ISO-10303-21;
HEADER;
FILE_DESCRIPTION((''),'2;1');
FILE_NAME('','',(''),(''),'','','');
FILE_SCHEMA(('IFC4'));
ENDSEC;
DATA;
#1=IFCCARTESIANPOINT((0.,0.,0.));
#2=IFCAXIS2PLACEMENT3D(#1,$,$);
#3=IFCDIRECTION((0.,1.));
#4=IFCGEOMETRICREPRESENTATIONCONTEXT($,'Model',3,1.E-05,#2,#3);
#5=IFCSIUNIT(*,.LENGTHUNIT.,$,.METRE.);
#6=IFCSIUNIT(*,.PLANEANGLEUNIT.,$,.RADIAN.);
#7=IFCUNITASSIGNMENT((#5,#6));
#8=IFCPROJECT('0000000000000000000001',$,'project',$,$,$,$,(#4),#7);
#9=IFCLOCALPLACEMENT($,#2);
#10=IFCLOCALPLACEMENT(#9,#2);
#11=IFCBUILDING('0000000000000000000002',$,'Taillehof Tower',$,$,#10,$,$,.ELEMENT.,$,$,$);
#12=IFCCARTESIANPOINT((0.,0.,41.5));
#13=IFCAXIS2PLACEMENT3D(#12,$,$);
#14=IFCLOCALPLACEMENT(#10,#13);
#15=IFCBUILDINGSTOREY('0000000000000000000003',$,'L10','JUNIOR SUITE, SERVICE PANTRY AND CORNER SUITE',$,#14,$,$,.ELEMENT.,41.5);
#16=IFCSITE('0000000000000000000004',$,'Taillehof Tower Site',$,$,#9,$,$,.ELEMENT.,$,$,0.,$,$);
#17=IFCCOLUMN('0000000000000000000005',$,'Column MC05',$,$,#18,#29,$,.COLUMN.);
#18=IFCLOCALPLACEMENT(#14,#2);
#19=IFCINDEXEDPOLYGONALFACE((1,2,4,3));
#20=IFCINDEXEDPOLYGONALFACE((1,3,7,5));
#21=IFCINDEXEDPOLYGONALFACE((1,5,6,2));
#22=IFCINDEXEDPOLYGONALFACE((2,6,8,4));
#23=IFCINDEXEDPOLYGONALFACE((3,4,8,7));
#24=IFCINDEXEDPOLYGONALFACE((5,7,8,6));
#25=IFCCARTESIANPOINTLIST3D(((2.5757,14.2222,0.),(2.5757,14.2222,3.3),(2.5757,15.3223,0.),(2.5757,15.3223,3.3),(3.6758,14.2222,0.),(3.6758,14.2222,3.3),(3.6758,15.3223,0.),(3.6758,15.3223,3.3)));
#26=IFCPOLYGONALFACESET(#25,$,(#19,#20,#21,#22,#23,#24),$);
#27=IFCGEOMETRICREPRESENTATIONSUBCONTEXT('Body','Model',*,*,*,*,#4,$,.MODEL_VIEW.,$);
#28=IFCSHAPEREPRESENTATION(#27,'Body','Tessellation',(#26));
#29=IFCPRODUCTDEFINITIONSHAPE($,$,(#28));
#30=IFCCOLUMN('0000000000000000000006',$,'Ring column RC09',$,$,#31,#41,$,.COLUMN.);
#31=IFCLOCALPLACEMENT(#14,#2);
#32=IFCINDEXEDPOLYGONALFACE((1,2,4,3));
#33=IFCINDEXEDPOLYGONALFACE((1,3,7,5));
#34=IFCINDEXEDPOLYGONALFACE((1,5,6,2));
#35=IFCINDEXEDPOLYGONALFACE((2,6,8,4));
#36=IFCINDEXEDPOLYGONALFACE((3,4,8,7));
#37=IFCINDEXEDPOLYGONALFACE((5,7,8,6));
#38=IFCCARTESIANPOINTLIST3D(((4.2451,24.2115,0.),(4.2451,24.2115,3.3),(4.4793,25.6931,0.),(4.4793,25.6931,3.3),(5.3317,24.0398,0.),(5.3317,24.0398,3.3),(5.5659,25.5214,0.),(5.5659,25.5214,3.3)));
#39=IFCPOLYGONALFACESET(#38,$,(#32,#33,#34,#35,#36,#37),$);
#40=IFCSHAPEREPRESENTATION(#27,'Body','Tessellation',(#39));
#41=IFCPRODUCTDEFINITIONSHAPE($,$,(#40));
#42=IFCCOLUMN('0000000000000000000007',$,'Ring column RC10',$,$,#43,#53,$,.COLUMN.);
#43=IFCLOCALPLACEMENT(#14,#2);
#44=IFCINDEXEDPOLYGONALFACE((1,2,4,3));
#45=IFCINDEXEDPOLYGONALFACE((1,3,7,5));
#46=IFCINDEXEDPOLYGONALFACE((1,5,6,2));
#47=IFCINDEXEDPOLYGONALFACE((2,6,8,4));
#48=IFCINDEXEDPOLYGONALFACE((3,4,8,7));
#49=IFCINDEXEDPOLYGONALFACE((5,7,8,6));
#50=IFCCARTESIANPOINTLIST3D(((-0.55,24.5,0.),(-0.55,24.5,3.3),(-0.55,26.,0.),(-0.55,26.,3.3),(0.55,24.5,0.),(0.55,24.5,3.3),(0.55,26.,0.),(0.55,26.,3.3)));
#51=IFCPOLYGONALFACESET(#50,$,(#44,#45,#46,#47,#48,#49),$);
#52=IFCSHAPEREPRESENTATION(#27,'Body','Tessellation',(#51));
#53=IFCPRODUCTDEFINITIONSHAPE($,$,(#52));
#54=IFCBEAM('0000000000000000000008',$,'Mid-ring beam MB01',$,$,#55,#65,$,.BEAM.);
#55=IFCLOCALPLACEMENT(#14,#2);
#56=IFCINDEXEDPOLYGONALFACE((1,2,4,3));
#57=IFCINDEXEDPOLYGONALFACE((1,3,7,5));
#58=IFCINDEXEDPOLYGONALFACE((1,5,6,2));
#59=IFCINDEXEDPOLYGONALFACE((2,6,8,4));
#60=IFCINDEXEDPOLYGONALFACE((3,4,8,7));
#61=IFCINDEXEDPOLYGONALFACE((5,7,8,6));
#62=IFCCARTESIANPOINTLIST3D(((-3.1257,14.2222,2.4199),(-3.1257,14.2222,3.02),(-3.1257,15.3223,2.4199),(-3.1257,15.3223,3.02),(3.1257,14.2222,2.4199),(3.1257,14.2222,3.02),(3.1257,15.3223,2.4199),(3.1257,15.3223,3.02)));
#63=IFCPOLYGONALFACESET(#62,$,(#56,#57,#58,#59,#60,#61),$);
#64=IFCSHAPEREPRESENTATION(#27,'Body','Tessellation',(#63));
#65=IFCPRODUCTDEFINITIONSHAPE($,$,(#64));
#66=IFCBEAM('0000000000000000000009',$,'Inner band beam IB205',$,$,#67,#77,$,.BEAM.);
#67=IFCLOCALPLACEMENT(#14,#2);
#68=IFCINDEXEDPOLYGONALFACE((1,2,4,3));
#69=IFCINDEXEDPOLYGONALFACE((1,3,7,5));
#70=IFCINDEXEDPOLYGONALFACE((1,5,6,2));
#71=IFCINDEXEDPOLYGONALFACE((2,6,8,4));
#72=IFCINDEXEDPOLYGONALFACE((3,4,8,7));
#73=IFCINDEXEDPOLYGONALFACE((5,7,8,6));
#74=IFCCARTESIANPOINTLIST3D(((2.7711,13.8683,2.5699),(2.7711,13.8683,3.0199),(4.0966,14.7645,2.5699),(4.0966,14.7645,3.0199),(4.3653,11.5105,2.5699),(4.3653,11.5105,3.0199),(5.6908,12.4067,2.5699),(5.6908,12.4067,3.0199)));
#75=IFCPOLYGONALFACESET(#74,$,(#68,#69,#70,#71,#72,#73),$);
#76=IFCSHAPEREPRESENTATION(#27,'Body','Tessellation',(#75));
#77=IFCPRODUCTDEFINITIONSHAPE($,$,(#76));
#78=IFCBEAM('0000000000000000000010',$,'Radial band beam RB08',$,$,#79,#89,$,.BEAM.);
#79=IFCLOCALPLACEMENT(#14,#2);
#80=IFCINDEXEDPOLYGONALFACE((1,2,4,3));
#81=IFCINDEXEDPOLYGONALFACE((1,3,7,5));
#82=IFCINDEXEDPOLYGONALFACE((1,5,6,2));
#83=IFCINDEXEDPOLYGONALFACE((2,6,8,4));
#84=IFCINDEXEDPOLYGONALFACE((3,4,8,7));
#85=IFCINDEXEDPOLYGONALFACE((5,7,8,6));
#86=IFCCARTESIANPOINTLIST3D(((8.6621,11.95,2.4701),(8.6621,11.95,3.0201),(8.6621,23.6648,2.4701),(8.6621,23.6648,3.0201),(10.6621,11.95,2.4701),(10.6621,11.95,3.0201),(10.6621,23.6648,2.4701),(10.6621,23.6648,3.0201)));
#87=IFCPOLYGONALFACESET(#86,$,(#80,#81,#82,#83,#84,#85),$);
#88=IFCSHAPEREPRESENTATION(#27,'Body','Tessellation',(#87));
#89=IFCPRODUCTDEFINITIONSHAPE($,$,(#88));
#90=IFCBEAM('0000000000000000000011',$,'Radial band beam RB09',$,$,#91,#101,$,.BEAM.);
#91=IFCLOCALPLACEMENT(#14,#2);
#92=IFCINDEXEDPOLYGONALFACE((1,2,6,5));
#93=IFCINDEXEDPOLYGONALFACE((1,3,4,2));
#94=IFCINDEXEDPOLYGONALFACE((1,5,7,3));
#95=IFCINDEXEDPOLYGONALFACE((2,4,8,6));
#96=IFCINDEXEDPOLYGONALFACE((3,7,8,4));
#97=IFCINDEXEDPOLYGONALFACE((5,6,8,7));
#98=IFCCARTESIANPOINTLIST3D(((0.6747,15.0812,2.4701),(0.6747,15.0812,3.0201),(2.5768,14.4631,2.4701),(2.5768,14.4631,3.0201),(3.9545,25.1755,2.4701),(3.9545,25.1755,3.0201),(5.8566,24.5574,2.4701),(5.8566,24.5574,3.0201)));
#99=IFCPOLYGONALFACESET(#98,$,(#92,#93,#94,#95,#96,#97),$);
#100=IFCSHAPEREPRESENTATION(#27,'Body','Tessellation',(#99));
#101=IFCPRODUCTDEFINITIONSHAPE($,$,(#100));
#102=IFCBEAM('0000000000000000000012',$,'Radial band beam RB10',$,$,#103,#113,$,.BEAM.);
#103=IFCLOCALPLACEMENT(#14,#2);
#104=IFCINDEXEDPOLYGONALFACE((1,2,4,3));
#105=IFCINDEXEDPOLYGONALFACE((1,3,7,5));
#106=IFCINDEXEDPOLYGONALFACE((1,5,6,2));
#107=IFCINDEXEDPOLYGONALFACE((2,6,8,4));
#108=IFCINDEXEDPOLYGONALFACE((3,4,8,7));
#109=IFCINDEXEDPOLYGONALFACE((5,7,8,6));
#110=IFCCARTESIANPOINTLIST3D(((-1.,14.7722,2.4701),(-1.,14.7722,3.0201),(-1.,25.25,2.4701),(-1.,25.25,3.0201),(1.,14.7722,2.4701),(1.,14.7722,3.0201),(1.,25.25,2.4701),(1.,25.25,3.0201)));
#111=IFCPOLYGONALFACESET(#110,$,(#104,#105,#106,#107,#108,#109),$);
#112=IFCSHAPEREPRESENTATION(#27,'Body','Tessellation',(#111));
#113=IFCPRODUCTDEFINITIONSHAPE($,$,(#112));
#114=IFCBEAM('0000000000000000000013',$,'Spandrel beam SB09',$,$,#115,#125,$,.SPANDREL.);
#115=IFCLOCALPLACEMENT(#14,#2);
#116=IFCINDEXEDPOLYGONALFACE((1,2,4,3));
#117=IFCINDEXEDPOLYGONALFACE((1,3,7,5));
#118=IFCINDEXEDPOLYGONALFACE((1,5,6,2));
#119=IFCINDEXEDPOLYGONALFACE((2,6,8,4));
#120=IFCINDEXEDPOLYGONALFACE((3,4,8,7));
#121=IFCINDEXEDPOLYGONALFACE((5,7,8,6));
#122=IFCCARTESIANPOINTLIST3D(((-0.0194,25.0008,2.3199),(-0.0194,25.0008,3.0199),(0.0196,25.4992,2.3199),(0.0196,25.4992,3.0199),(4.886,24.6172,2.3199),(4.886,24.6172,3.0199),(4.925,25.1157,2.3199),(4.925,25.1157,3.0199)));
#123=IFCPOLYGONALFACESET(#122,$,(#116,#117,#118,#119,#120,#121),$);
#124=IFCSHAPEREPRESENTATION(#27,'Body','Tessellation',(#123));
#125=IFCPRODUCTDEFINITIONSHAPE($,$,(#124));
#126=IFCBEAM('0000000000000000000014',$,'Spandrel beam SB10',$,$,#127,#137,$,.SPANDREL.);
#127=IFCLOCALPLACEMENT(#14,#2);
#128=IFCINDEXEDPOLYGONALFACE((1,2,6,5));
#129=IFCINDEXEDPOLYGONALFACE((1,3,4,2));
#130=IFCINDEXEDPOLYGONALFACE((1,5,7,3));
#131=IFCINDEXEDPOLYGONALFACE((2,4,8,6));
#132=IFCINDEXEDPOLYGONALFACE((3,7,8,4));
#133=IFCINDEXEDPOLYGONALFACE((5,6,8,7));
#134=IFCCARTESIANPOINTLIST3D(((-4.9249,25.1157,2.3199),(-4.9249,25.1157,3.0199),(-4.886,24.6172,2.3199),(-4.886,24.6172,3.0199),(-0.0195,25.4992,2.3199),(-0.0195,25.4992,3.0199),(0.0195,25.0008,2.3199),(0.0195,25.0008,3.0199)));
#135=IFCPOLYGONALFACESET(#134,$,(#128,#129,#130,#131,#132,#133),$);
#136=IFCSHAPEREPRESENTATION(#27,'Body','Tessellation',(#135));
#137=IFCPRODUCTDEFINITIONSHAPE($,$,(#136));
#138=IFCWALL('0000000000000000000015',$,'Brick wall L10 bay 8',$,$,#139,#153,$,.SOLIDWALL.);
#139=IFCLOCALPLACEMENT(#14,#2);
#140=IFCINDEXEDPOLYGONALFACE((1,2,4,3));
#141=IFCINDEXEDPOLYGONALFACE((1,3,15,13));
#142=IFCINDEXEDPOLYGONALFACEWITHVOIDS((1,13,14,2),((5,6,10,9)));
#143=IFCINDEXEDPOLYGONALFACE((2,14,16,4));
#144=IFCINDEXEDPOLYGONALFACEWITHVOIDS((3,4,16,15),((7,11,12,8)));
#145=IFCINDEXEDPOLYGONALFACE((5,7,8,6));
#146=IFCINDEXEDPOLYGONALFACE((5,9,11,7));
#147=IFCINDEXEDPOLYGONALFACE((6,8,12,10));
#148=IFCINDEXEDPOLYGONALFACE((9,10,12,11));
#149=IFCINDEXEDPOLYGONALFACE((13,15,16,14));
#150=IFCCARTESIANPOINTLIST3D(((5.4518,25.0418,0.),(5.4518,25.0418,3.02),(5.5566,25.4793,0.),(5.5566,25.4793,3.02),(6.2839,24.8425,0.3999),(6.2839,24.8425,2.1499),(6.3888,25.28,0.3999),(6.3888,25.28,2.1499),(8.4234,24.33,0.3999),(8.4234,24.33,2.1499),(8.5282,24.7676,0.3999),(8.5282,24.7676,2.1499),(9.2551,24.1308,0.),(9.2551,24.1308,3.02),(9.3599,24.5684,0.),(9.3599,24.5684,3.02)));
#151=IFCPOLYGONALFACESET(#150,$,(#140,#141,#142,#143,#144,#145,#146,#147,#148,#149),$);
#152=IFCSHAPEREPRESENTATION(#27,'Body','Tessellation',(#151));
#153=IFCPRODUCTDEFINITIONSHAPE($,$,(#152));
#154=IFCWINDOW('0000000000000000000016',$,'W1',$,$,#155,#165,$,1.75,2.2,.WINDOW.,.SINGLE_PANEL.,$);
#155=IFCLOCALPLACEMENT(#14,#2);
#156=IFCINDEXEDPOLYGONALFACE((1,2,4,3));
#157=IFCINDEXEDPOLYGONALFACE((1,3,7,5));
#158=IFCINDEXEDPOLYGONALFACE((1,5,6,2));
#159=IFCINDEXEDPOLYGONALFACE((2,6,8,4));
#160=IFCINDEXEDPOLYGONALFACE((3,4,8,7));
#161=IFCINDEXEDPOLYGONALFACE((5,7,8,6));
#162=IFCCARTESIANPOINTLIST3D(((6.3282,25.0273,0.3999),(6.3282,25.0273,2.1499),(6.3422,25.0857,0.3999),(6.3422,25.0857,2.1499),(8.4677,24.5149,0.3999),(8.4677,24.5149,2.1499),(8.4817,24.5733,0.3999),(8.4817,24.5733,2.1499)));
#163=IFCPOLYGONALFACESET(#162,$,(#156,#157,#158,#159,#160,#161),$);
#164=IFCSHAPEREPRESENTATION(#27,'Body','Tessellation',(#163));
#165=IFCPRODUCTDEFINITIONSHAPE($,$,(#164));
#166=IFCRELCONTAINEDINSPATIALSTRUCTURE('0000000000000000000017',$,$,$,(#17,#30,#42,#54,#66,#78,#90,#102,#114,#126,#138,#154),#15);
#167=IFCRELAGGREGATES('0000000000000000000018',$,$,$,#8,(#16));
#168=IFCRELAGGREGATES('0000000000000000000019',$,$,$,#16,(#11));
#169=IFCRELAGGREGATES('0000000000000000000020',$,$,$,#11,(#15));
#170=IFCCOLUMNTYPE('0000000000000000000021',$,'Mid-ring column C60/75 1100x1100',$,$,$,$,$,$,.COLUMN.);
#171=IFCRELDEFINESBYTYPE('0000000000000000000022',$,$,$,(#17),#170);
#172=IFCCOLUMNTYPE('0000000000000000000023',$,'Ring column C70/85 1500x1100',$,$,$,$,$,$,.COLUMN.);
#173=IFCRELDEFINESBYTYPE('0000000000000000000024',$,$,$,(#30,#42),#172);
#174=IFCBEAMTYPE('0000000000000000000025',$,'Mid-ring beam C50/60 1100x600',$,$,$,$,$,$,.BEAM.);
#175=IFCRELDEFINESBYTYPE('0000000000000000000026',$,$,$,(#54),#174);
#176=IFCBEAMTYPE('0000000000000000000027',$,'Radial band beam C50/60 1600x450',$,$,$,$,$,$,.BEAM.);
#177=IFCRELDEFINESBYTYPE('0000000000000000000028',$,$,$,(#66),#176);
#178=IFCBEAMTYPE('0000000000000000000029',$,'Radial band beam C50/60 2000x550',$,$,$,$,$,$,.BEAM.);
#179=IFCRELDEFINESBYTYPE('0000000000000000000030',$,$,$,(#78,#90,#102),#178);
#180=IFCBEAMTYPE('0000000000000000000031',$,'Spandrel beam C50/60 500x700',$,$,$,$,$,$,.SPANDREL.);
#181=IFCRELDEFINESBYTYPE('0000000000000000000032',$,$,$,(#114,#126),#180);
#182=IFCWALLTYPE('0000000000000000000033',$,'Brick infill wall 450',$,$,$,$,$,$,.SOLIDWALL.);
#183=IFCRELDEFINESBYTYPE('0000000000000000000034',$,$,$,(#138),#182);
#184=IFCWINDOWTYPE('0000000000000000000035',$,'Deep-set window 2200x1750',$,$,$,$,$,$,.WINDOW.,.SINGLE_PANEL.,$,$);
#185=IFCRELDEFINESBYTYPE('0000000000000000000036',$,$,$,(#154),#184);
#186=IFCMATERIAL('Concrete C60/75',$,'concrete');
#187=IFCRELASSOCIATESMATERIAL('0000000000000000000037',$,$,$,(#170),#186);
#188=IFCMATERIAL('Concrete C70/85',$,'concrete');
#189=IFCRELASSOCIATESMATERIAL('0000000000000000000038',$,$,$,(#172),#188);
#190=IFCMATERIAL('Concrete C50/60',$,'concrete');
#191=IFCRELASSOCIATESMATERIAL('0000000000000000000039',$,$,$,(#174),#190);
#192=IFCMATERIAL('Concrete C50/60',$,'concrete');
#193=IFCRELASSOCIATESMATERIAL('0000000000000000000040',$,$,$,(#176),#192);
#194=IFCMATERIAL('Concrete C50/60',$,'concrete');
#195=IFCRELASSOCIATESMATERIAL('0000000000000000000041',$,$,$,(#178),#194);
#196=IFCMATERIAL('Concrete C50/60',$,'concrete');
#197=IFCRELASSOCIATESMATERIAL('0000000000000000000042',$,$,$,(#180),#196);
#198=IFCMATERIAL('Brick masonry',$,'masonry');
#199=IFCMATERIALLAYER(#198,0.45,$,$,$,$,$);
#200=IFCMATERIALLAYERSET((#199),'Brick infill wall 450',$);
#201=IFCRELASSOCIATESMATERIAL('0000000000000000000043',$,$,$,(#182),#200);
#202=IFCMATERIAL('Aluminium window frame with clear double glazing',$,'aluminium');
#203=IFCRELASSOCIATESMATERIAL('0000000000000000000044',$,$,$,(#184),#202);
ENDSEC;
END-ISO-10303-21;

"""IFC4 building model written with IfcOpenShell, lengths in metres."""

from ifc_helpers import new_model, si_unit, direction, frame, frame_2d, origin, origin_2d, place, context, subcontext, project, spatial, rectangle, extrude, material, layer, layer_set, material_profile, profile_set, type_object, element, fill, save


model = new_model("IFC4")

# Units and contexts
model_context = context("Model", 3, precision=1e-05, world=origin(), true_north=direction((0.0, 1.0)))
body_context = subcontext(model_context, "Body", "Model", "MODEL_VIEW")
ifc_project = project(units=[si_unit("LENGTHUNIT", "METRE"), si_unit("PLANEANGLEUNIT", "RADIAN")], contexts=[model_context])

# Site, building, storey
site_placement = place(None, origin())
site = spatial("IfcSite", under=ifc_project, at=site_placement, Name="Taillehof Tower Site", CompositionType="ELEMENT", RefElevation=0.0)
building_placement = place(site_placement, origin())
building = spatial("IfcBuilding", under=site, at=building_placement, Name="Taillehof Tower", CompositionType="ELEMENT")
storey_placement = place(building_placement, frame((0.0, 0.0, 41.5)))
storey = spatial("IfcBuildingStorey", under=building, at=storey_placement, Name="L10", Description="JUNIOR SUITE, SERVICE PANTRY AND CORNER SUITE", CompositionType="ELEMENT", Elevation=41.5)

# Columns
ifc_material_1 = material(Name="Concrete C60/75", Category="concrete")
ifc_material_profile_1 = material_profile(ifc_material_1, rectangle(XDim=1.1001, YDim=1.1001, at=origin_2d()), Name="RC 1100x1100")
ifc_profile_set_1 = profile_set([ifc_material_profile_1], Name="Concrete C60/75")
column_type_1 = type_object("IfcColumnType", Name="Mid-ring column C60/75 1100x1100", PredefinedType="COLUMN", material=ifc_profile_set_1)
column_placement = place(storey_placement, frame((3.1257, 14.7722, 0.0), z_axis=(0.0, 0.0, 1.0), x_axis=(1.0, 0.0, 0.0)))
element("IfcColumn", 1, at=column_placement, inside=storey, type_object=column_type_1, Name="Column MC05", PredefinedType="COLUMN", context=body_context, shape_type="SweptSolid", body=[
    extrude(rectangle(XDim=1.1001, YDim=1.1001, at=origin_2d()), origin(), (0.0, 0.0, 1.0), 3.3),
])
ifc_material_2 = material(Name="Concrete C70/85", Category="concrete")
ifc_material_profile_2 = material_profile(ifc_material_2, rectangle(XDim=1.5, YDim=1.1001, at=origin_2d()), Name="RC 1500x1100")
ifc_profile_set_2 = profile_set([ifc_material_profile_2], Name="Concrete C70/85")
column_type_2 = type_object("IfcColumnType", Name="Ring column C70/85 1500x1100", PredefinedType="COLUMN", material=ifc_profile_set_2)
for number, where, z_axis, x_axis, name in (
    (2, (4.9055, 24.8665, 0.0), (0.0, 0.0, 1.0), (0.156147, 0.987734, 0.0), "Ring column RC09"),
    (3, (0.0, 25.25, 0.0), (0.0, 0.0, 1.0), (0.0, 1.0, 0.0), "Ring column RC10"),
):
    element("IfcColumn", number, at=place(storey_placement, frame(where, z_axis=z_axis, x_axis=x_axis)), inside=storey, type_object=column_type_2, Name=name, PredefinedType="COLUMN", context=body_context, shape_type="SweptSolid", body=[
        extrude(rectangle(XDim=1.5, YDim=1.1001, at=origin_2d()), origin(), (0.0, 0.0, 1.0), 3.3),
    ])

# Beams
ifc_material_3 = material(Name="Concrete C50/60", Category="concrete")
ifc_material_profile_3 = material_profile(ifc_material_3, rectangle(XDim=1.1001, YDim=0.6001, at=origin_2d()), Name="RC 1100x600")
ifc_profile_set_3 = profile_set([ifc_material_profile_3], Name="Concrete C50/60")
beam_type_1 = type_object("IfcBeamType", Name="Mid-ring beam C50/60 1100x600", PredefinedType="BEAM", material=ifc_profile_set_3)
beam_1_placement = place(storey_placement, frame((3.1257, 14.7722, 2.72), z_axis=(-1.0, 0.0, 0.0), x_axis=(0.0, -1.0, 0.0)))
element("IfcBeam", 4, at=beam_1_placement, inside=storey, type_object=beam_type_1, Name="Mid-ring beam MB01", PredefinedType="BEAM", context=body_context, shape_type="SweptSolid", body=[
    extrude(rectangle(XDim=1.1001, YDim=0.6001, at=origin_2d()), origin(), (0.0, 0.0, 1.0), 6.2515),
])
ifc_material_4 = material(Name="Concrete C50/60", Category="concrete")
ifc_material_profile_4 = material_profile(ifc_material_4, rectangle(XDim=1.6001, YDim=0.45, at=origin_2d()), Name="RC 1600x450")
ifc_profile_set_4 = profile_set([ifc_material_profile_4], Name="Concrete C50/60")
beam_type_2 = type_object("IfcBeamType", Name="Radial band beam C50/60 1600x450", PredefinedType="BEAM", material=ifc_profile_set_4)
beam_2_placement = place(storey_placement, frame((3.4338, 14.3164, 2.7949), z_axis=(0.560112, -0.828417, 0.0), x_axis=(0.828417, 0.560112, 0.0)))
element("IfcBeam", 5, at=beam_2_placement, inside=storey, type_object=beam_type_2, Name="Inner band beam IB205", PredefinedType="BEAM", context=body_context, shape_type="SweptSolid", body=[
    extrude(rectangle(XDim=1.6001, YDim=0.45, at=origin_2d()), origin(), (0.0, 0.0, 1.0), 2.8462),
])
ifc_material_5 = material(Name="Concrete C50/60", Category="concrete")
ifc_material_profile_5 = material_profile(ifc_material_5, rectangle(XDim=2.0, YDim=0.55, at=origin_2d()), Name="RC 2000x550")
ifc_profile_set_5 = profile_set([ifc_material_profile_5], Name="Concrete C50/60")
beam_type_3 = type_object("IfcBeamType", Name="Radial band beam C50/60 2000x550", PredefinedType="BEAM", material=ifc_profile_set_5)
beam_3_placement = place(storey_placement, frame((9.6621, 23.6648, 2.7451), z_axis=(0.0, -1.0, 0.0), x_axis=(1.0, 0.0, 0.0)))
element("IfcBeam", 6, at=beam_3_placement, inside=storey, type_object=beam_type_3, Name="Radial band beam RB08", PredefinedType="BEAM", context=body_context, shape_type="SweptSolid", body=[
    extrude(rectangle(XDim=2.0, YDim=0.55, at=origin_2d()), origin(), (0.0, 0.0, 1.0), 11.7148),
])
beam_4_placement = place(storey_placement, frame((4.9055, 24.8665, 2.7451), z_axis=(-0.309014, -0.951057, 0.0), x_axis=(0.951057, -0.309014, 0.0)))
element("IfcBeam", 7, at=beam_4_placement, inside=storey, type_object=beam_type_3, Name="Radial band beam RB09", PredefinedType="BEAM", context=body_context, shape_type="SweptSolid", body=[
    extrude(rectangle(XDim=2.0, YDim=0.55, at=origin_2d()), origin(), (0.0, 0.0, 1.0), 10.6138),
])
beam_5_placement = place(storey_placement, frame((0.0, 25.25, 2.7451), z_axis=(0.0, -1.0, 0.0), x_axis=(1.0, 0.0, 0.0)))
element("IfcBeam", 8, at=beam_5_placement, inside=storey, type_object=beam_type_3, Name="Radial band beam RB10", PredefinedType="BEAM", context=body_context, shape_type="SweptSolid", body=[
    extrude(rectangle(XDim=2.0, YDim=0.55, at=origin_2d()), origin(), (0.0, 0.0, 1.0), 10.4778),
])
ifc_material_6 = material(Name="Concrete C50/60", Category="concrete")
ifc_material_profile_6 = material_profile(ifc_material_6, rectangle(XDim=0.5, YDim=0.7, at=origin_2d()), Name="RC 500x700")
ifc_profile_set_6 = profile_set([ifc_material_profile_6], Name="Concrete C50/60")
beam_type_4 = type_object("IfcBeamType", Name="Spandrel beam C50/60 500x700", PredefinedType="SPANDREL", material=ifc_profile_set_6)
for number, where, z_axis, x_axis, name in (
    (9, (4.9055, 24.8665, 2.6699), (-0.996957, 0.077949, 0.0), (-0.077949, -0.996957, 0.0), "Spandrel beam SB09"),
    (10, (0.0, 25.25, 2.6699), (-0.996957, -0.077949, 0.0), (0.077949, -0.996957, 0.0), "Spandrel beam SB10"),
):
    element("IfcBeam", number, at=place(storey_placement, frame(where, z_axis=z_axis, x_axis=x_axis)), inside=storey, type_object=beam_type_4, Name=name, PredefinedType="SPANDREL", context=body_context, shape_type="SweptSolid", body=[
        extrude(rectangle(XDim=0.5, YDim=0.7, at=origin_2d()), origin(), (0.0, 0.0, 1.0), 4.9204),
    ])

# Wall, opening, window
ifc_material_7 = material(Name="Brick masonry", Category="masonry")
ifc_layer_1 = layer(ifc_material_7, 0.45)
ifc_layer_set_1 = layer_set([ifc_layer_1], Name="Brick infill wall 450")
wall_type_1 = type_object("IfcWallType", Name="Brick infill wall 450", PredefinedType="SOLIDWALL", material=ifc_layer_set_1)
wall_1_placement = place(storey_placement, frame((9.3076, 24.3496, 0.0), z_axis=(0.0, 0.0, 1.0), x_axis=(-0.972497, 0.232917, 0.0)))
wall_1 = element("IfcWall", 11, at=wall_1_placement, inside=storey, type_object=wall_type_1, Name="Brick wall L10 bay 8", PredefinedType="SOLIDWALL", context=body_context, shape_type="SweptSolid", body=[
    extrude(rectangle(XDim=3.9109, YDim=0.45, at=frame_2d((1.9556, 0.0))), origin(), (0.0, 0.0, 1.0), 3.02),
])
opening_1_placement = place(wall_1_placement, frame((0.8552, 0.0, 0.3999)))
opening_1 = element("IfcOpeningElement", 12, at=opening_1_placement, cuts=wall_1, PredefinedType="OPENING", context=body_context, shape_type="SweptSolid", body=[
    extrude(rectangle(XDim=2.2, YDim=1.75, at=frame_2d((1.1001, 0.875))), frame((0.0, 0.2349, 0.0), z_axis=(0.0, -1.0, 0.0), x_axis=(1.0, 0.0, 0.0)), (0.0, 0.0, 1.0), 0.47),
])
ifc_material_8 = material(Name="Aluminium window frame with clear double glazing", Category="aluminium")
window_type = type_object("IfcWindowType", Name="Deep-set window 2200x1750", PartitioningType="SINGLE_PANEL", PredefinedType="WINDOW", material=ifc_material_8)
window_1_placement = place(opening_1_placement, origin())
window_1 = element("IfcWindow", 13, at=window_1_placement, inside=storey, type_object=window_type, Name="W1", OverallHeight=1.75, OverallWidth=2.2, PartitioningType="SINGLE_PANEL", PredefinedType="WINDOW", context=body_context, shape_type="SweptSolid", body=[
    extrude(rectangle(XDim=2.2, YDim=1.75, at=frame_2d((1.1001, 0.875))), frame((0.0, 0.0349, 0.0), z_axis=(0.0, -1.0, 0.0), x_axis=(1.0, 0.0, 0.0)), (0.0, 0.0, 1.0), 0.0601),
])
fill(opening_1, window_1)

save(model, "model.ifc")
